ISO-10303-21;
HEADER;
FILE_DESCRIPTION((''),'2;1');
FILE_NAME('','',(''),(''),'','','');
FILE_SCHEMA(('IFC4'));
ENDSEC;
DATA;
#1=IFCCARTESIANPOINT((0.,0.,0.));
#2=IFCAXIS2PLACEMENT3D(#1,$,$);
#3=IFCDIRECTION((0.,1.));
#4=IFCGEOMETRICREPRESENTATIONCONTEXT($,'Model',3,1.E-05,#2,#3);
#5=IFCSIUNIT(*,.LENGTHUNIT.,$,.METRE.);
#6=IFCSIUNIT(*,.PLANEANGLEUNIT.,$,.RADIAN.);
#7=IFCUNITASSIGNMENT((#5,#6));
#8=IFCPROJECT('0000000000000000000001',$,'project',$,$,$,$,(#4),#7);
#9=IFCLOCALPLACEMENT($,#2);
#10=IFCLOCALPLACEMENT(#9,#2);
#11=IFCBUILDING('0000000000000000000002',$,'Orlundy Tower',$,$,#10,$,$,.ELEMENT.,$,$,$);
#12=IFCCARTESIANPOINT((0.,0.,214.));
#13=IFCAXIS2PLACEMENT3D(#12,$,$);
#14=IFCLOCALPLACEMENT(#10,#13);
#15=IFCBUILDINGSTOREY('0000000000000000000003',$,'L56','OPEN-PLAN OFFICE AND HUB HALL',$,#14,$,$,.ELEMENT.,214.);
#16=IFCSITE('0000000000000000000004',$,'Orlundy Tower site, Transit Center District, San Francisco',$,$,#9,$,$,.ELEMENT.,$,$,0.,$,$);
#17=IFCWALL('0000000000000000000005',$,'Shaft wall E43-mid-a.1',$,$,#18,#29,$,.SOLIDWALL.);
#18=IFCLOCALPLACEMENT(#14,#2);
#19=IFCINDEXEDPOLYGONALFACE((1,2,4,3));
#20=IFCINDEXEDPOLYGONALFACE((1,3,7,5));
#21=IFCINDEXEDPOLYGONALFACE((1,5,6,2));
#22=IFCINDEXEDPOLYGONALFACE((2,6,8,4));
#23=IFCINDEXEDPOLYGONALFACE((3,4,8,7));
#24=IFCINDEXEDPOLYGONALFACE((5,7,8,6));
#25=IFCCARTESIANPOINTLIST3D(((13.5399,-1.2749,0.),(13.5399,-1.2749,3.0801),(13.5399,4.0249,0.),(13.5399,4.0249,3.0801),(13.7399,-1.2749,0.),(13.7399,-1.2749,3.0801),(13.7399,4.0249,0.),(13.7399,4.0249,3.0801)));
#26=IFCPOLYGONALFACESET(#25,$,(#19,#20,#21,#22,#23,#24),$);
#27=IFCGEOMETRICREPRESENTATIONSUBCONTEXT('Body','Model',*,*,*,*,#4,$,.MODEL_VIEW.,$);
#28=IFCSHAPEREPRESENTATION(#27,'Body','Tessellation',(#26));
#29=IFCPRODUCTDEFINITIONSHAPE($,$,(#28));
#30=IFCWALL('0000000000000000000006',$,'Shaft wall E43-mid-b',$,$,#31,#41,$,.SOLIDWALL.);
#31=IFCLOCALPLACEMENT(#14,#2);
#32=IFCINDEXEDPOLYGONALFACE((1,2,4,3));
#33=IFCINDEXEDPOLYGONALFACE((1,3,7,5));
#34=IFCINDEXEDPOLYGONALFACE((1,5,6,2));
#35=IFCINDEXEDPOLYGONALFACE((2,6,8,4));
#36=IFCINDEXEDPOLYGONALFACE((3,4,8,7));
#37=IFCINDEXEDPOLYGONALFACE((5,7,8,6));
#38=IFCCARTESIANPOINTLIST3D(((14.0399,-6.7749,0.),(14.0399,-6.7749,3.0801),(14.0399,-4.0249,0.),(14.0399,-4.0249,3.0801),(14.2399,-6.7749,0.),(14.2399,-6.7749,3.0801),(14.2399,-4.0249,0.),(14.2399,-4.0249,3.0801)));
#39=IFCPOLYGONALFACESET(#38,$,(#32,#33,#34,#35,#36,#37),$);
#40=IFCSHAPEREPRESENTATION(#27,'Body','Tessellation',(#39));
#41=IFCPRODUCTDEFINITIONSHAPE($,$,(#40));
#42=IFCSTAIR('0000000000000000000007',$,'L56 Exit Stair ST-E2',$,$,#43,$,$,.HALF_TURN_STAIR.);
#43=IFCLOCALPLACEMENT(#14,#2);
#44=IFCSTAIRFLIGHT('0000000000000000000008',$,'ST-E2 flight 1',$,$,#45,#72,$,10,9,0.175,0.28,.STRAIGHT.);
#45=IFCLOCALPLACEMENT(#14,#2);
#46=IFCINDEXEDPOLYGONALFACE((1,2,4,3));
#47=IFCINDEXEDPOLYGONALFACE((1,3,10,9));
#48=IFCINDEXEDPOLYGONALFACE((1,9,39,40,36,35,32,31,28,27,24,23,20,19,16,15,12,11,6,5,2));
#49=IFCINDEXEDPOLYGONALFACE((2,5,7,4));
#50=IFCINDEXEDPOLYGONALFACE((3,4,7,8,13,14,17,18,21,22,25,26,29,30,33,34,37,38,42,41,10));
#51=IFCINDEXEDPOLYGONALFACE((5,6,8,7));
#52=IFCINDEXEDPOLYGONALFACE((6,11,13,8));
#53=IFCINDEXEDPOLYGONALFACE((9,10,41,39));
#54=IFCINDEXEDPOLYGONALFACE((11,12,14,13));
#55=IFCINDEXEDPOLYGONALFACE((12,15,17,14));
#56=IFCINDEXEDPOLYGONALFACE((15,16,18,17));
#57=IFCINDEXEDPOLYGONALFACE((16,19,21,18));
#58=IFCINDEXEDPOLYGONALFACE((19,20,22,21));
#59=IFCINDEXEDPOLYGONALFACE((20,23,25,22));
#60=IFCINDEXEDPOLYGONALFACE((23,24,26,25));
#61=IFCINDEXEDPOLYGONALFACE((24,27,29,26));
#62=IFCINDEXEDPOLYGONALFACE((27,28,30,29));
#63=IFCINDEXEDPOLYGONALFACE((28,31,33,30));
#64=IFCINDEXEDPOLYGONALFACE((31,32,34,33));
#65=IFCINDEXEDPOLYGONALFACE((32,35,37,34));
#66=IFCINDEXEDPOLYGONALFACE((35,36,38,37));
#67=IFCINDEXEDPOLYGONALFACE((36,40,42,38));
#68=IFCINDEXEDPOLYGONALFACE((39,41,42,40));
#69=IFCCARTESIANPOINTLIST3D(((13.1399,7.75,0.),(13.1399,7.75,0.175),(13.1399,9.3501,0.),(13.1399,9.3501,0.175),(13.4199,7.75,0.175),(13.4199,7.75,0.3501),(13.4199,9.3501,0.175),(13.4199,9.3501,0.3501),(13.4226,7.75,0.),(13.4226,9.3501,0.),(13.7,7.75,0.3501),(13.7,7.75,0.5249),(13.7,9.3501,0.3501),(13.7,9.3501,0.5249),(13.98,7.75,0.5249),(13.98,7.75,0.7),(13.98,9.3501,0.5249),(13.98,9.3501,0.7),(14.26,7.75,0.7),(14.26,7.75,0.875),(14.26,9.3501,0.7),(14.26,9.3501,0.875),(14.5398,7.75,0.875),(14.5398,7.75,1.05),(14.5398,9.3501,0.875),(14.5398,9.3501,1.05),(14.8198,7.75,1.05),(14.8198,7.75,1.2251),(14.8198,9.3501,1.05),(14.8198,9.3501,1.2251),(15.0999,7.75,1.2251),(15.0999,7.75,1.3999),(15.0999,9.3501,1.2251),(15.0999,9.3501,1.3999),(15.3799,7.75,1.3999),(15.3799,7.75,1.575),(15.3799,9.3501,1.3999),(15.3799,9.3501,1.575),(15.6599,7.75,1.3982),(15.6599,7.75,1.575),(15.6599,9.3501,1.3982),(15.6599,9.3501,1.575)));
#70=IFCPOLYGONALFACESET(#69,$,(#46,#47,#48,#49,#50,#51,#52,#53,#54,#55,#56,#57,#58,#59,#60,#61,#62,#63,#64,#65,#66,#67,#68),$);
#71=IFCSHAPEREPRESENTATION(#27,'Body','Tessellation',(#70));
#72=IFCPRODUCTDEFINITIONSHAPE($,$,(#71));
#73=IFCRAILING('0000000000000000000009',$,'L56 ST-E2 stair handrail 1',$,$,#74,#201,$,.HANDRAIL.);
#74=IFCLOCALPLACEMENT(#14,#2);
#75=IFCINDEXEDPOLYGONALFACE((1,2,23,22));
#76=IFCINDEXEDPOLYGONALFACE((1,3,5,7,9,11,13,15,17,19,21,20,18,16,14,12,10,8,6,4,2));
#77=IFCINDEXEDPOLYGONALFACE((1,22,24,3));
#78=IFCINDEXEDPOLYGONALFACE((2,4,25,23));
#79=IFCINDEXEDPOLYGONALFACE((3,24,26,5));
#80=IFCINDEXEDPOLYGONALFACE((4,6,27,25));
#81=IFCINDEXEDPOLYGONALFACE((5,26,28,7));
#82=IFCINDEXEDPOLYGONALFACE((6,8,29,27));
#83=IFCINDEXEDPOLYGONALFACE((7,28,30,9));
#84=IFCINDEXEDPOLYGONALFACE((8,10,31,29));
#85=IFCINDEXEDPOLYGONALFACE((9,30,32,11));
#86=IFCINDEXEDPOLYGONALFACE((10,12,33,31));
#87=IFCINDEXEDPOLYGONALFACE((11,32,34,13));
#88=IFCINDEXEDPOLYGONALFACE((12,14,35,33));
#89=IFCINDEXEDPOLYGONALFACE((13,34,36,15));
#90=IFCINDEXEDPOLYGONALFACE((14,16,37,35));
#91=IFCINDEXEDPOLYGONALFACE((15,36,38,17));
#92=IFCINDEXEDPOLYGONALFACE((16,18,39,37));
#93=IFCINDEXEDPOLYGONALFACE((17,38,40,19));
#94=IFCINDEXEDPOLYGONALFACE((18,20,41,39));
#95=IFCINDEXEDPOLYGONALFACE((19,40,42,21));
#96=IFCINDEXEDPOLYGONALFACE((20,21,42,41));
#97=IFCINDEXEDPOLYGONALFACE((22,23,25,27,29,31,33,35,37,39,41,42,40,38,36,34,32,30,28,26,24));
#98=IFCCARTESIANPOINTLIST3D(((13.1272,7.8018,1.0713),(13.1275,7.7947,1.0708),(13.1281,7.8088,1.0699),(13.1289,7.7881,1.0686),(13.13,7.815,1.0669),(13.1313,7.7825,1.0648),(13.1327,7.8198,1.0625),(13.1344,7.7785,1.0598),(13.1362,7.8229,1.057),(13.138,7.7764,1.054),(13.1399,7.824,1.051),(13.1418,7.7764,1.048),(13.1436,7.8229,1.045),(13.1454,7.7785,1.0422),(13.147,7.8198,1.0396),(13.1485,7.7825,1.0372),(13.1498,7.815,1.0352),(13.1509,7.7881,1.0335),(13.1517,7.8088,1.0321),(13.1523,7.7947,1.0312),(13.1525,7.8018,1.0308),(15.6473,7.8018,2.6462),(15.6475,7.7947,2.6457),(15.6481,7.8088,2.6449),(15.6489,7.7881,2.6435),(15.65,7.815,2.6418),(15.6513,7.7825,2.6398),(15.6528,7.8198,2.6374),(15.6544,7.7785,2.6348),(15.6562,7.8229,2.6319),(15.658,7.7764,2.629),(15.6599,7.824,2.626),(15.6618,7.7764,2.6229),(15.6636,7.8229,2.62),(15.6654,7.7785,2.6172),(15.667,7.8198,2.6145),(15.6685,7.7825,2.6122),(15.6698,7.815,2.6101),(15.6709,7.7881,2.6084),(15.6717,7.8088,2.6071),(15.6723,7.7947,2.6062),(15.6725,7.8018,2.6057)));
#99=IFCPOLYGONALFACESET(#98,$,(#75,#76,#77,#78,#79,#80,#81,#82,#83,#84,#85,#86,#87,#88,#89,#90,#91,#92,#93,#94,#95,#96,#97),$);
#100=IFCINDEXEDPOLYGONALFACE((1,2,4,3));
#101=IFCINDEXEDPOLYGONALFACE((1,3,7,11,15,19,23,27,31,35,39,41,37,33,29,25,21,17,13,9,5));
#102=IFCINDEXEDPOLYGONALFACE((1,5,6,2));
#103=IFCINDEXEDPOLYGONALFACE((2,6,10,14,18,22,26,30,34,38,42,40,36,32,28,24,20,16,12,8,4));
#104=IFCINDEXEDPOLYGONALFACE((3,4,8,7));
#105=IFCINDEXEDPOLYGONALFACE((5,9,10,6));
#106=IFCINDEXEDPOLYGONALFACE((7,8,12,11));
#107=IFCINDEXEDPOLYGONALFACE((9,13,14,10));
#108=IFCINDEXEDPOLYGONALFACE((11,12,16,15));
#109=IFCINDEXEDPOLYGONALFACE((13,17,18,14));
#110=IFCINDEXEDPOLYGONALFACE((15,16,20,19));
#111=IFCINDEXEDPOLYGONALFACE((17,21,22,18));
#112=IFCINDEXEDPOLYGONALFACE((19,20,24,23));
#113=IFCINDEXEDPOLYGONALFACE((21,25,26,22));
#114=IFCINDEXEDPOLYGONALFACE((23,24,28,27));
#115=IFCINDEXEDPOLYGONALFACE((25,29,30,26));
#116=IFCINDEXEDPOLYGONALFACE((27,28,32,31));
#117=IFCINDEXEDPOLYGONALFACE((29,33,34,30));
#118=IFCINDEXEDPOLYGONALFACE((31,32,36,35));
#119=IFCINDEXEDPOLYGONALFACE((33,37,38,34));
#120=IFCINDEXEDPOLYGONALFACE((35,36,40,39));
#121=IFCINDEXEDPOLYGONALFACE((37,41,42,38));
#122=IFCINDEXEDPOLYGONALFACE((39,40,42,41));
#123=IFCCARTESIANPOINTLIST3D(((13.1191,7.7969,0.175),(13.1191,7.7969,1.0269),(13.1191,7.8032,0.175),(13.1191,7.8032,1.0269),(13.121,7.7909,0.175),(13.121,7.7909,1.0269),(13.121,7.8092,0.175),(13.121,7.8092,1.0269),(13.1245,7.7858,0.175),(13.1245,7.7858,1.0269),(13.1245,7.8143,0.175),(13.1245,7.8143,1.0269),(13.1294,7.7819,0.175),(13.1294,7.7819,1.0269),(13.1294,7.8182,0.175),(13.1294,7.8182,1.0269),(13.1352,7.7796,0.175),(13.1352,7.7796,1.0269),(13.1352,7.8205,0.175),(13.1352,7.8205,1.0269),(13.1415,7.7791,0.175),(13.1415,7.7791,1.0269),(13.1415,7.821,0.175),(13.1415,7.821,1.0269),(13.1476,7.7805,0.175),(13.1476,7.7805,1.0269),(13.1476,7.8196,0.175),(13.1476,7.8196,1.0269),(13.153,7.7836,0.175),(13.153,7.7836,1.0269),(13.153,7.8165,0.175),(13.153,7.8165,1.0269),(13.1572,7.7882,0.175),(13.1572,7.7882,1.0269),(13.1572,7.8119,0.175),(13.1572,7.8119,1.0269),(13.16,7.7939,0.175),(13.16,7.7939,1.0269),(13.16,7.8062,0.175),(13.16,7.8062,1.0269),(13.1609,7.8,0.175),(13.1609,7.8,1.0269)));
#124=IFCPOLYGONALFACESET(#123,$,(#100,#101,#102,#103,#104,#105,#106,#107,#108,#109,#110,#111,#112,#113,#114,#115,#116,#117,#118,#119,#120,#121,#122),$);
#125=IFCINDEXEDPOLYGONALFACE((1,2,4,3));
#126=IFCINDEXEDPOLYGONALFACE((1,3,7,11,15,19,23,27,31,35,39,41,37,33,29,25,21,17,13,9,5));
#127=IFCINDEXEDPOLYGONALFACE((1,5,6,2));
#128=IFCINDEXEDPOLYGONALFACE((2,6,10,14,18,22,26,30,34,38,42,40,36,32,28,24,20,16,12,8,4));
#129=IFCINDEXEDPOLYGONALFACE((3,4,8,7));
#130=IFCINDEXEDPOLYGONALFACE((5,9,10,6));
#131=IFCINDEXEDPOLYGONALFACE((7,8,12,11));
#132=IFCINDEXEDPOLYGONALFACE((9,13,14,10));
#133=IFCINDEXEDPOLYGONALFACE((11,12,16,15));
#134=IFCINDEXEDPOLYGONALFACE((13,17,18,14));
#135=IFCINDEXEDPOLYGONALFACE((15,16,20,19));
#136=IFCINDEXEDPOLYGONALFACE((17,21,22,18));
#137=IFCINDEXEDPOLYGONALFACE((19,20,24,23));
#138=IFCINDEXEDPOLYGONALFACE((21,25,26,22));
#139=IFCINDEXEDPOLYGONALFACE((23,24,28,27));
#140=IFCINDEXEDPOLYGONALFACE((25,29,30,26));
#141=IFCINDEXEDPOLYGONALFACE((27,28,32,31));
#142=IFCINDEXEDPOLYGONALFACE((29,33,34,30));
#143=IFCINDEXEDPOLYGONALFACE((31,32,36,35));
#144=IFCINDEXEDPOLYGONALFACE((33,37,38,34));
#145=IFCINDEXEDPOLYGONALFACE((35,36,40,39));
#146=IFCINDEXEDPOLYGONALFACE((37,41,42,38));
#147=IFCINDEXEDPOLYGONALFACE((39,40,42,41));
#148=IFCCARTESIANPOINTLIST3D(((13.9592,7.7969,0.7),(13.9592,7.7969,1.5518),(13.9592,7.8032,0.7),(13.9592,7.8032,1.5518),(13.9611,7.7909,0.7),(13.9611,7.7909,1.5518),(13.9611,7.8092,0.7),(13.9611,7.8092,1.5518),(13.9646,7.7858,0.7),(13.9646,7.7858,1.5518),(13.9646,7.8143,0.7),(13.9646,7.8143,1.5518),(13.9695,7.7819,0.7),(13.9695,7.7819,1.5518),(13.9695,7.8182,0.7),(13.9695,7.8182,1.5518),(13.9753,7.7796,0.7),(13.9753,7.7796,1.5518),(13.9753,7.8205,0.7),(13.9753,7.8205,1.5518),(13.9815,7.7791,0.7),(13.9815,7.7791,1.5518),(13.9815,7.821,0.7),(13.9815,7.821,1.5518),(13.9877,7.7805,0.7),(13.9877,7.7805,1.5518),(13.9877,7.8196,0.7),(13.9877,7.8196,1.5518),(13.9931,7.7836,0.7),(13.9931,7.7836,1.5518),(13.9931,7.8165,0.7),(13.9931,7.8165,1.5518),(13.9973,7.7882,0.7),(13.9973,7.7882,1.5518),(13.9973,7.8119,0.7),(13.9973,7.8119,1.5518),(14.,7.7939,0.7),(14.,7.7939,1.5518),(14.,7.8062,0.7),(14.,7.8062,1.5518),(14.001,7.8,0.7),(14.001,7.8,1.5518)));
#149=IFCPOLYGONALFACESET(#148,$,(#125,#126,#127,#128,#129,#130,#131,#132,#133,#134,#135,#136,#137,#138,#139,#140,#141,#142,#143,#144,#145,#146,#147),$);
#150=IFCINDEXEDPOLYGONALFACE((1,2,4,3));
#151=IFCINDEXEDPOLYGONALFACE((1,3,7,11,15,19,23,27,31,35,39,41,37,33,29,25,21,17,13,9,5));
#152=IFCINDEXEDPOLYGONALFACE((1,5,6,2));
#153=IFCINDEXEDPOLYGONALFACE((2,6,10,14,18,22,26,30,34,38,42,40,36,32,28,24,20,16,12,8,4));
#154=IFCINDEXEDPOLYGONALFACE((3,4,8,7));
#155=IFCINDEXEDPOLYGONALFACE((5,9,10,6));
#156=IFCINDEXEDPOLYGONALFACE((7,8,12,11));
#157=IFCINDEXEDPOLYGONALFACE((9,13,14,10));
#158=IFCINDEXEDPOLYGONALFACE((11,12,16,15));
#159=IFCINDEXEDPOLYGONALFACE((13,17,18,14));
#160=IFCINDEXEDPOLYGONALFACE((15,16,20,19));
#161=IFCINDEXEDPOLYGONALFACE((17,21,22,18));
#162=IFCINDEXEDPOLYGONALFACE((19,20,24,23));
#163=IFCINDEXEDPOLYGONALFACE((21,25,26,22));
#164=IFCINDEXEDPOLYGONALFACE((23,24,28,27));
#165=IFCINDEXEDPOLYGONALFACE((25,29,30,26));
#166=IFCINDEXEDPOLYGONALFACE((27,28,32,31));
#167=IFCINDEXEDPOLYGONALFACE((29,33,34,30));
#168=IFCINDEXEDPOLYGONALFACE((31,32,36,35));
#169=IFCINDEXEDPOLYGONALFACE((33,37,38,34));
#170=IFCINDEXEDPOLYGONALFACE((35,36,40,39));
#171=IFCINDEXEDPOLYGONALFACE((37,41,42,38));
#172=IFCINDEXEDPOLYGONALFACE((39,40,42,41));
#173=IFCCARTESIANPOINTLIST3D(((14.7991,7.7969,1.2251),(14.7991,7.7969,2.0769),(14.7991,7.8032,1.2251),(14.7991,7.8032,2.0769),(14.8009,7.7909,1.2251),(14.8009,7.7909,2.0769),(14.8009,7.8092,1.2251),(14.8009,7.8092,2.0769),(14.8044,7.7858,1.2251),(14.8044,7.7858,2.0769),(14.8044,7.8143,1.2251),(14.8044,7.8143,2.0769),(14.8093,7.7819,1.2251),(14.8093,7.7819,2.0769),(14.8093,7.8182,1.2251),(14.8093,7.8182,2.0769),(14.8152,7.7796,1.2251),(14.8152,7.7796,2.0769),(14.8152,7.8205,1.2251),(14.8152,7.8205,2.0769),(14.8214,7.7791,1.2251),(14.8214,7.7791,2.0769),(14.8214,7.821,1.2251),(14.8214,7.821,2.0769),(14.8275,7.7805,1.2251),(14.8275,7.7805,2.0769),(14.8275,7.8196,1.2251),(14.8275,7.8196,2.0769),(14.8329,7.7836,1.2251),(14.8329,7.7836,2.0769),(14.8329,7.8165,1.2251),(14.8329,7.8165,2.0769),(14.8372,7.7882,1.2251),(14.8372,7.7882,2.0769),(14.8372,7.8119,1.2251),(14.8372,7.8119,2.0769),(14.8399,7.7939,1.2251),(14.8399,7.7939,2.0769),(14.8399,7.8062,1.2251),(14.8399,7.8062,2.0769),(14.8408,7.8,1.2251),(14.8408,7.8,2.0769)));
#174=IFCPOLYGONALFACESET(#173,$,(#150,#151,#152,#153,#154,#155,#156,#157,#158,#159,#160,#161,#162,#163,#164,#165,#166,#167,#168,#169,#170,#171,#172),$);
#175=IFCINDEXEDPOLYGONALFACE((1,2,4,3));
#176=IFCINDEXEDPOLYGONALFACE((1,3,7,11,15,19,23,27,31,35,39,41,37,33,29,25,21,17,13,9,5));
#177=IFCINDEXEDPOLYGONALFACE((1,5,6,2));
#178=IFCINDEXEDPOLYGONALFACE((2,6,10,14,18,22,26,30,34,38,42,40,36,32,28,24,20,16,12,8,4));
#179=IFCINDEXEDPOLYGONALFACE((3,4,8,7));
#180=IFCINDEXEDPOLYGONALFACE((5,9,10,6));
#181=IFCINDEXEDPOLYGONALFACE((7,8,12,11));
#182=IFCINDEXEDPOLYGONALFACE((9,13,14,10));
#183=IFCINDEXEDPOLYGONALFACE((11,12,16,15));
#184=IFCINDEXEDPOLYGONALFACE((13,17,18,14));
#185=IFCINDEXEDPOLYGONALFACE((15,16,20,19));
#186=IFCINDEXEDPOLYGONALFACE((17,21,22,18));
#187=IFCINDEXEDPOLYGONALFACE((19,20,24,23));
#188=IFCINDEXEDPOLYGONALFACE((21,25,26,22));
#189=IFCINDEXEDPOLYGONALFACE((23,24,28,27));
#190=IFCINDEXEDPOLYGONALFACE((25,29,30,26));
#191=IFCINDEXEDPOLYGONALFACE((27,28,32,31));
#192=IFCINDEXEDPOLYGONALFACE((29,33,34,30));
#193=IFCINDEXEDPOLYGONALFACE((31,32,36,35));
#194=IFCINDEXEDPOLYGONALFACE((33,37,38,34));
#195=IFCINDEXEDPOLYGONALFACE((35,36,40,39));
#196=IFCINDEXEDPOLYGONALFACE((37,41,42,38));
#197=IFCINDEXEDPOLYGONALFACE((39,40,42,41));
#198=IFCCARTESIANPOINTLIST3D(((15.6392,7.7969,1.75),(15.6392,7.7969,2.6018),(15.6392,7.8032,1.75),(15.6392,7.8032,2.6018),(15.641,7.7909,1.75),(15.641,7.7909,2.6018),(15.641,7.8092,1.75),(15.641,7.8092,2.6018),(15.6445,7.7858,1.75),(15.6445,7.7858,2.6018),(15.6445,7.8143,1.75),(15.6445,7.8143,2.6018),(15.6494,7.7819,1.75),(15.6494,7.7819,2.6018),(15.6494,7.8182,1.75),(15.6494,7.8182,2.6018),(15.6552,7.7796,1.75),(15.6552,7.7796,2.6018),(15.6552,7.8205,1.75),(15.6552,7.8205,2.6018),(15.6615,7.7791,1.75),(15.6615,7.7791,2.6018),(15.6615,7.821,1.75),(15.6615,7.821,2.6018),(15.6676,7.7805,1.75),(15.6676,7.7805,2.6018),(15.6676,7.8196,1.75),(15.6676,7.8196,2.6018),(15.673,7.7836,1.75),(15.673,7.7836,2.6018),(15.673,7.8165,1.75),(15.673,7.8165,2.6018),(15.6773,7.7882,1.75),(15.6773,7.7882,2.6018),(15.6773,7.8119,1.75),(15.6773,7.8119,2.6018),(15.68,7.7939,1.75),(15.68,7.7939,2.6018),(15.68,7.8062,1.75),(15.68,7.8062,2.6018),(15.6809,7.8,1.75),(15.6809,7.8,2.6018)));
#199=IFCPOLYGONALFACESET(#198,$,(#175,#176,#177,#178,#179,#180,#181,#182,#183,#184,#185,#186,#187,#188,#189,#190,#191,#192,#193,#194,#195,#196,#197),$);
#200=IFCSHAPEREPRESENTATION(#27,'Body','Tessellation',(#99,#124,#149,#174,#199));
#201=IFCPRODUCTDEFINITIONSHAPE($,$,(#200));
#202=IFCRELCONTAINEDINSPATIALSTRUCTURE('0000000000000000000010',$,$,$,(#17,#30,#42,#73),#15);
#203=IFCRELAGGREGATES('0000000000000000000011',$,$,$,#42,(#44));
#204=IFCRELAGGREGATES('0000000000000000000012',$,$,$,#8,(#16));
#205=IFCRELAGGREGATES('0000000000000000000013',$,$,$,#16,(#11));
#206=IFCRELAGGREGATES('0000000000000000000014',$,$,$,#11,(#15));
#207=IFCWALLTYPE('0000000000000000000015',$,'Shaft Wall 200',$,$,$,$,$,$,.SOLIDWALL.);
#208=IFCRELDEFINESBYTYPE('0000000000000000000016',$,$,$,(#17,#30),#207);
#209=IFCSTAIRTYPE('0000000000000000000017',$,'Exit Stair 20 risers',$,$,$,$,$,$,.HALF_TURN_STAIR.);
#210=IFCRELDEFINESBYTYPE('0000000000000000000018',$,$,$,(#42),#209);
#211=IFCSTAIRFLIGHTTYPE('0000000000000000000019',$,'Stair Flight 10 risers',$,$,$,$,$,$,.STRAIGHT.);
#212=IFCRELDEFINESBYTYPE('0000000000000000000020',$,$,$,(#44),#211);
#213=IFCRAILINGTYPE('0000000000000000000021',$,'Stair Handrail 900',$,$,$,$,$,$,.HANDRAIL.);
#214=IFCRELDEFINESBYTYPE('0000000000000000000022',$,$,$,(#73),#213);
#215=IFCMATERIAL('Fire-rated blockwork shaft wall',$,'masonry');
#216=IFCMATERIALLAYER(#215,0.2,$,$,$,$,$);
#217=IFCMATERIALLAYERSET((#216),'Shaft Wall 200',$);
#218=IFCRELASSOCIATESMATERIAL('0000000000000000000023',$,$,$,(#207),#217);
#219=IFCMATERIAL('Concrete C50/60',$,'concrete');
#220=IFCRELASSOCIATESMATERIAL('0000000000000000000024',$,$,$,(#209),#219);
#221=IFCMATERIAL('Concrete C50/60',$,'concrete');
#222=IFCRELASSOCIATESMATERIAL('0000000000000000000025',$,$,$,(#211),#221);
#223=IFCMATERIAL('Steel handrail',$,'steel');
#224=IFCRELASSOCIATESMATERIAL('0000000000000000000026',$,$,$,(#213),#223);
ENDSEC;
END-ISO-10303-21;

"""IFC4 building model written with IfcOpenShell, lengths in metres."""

from ifc_helpers import new_model, si_unit, direction, frame, frame_2d, origin, origin_2d, place, context, subcontext, project, spatial, polyline, rectangle, circle, outline, extrude, material, layer, layer_set, type_object, element, aggregate, save


model = new_model("IFC4")

# Units and contexts
model_context = context("Model", 3, precision=1e-05, world=origin(), true_north=direction((0.0, 1.0)))
body_context = subcontext(model_context, "Body", "Model", "MODEL_VIEW")
ifc_project = project(units=[si_unit("LENGTHUNIT", "METRE"), si_unit("PLANEANGLEUNIT", "RADIAN")], contexts=[model_context])

# Site, building, storey
site_placement = place(None, origin())
site = spatial("IfcSite", under=ifc_project, at=site_placement, Name="Orlundy Tower site, Transit Center District, San Francisco", CompositionType="ELEMENT", RefElevation=0.0)
building_placement = place(site_placement, origin())
building = spatial("IfcBuilding", under=site, at=building_placement, Name="Orlundy Tower", CompositionType="ELEMENT")
storey_placement = place(building_placement, frame((0.0, 0.0, 214.0)))
storey = spatial("IfcBuildingStorey", under=building, at=storey_placement, Name="L56", Description="OPEN-PLAN OFFICE AND HUB HALL", CompositionType="ELEMENT", Elevation=214.0)

# Shared definitions
ifc_material_1 = material(Name="Fire-rated blockwork shaft wall", Category="masonry")
ifc_layer_1 = layer(ifc_material_1, 0.2)
ifc_layer_set_1 = layer_set([ifc_layer_1], Name="Shaft Wall 200")
wall_type_1 = type_object("IfcWallType", Name="Shaft Wall 200", PredefinedType="SOLIDWALL", material=ifc_layer_set_1)

# Walls
wall_1_placement = place(storey_placement, frame((13.6399, 4.0249, 0.0), z_axis=(0.0, 0.0, 1.0), x_axis=(0.0, -1.0, 0.0)))
element("IfcWall", 1, at=wall_1_placement, inside=storey, type_object=wall_type_1, Name="Shaft wall E43-mid-a.1", PredefinedType="SOLIDWALL", context=body_context, shape_type="SweptSolid", body=[
    extrude(rectangle(XDim=5.2998, YDim=0.2, at=frame_2d((2.6499, 0.0))), origin(), (0.0, 0.0, 1.0), 3.0801),
])
wall_2_placement = place(storey_placement, frame((14.1399, -4.0249, 0.0), z_axis=(0.0, 0.0, 1.0), x_axis=(0.0, -1.0, 0.0)))
element("IfcWall", 2, at=wall_2_placement, inside=storey, type_object=wall_type_1, Name="Shaft wall E43-mid-b", PredefinedType="SOLIDWALL", context=body_context, shape_type="SweptSolid", body=[
    extrude(rectangle(XDim=2.75, YDim=0.2, at=frame_2d((1.375, 0.0))), origin(), (0.0, 0.0, 1.0), 3.0801),
])

# Stair, stair flight
ifc_material_2 = material(Name="Concrete C50/60", Category="concrete")
stair_type = type_object("IfcStairType", Name="Exit Stair 20 risers", PredefinedType="HALF_TURN_STAIR", material=ifc_material_2)
stair_placement = place(storey_placement, origin())
stair = element("IfcStair", 3, at=stair_placement, inside=storey, type_object=stair_type, Name="L56 Exit Stair ST-E2", PredefinedType="HALF_TURN_STAIR")
ifc_material_3 = material(Name="Concrete C50/60", Category="concrete")
stair_flight_type = type_object("IfcStairFlightType", Name="Stair Flight 10 risers", PredefinedType="STRAIGHT", material=ifc_material_3)
stair_flight_placement = place(storey_placement, frame((13.1399, 8.55, 0.0), z_axis=(0.0, 0.0, 1.0), x_axis=(1.0, 0.0, 0.0)))
stair_flight = element("IfcStairFlight", 4, at=stair_flight_placement, type_object=stair_flight_type, Name="ST-E2 flight 1", NumberOfRisers=10, NumberOfTreads=9, PredefinedType="STRAIGHT", RiserHeight=0.175, TreadLength=0.28, context=body_context, shape_type="SweptSolid", body=[
    extrude(outline(polyline([(0.0, 0.0), (0.0, 0.175), (0.28, 0.175), (0.28, 0.3501), (0.5601, 0.3501), (0.5601, 0.5249), (0.8401, 0.5249), (0.8401, 0.7), (1.1201, 0.7), (1.1201, 0.875), (1.3999, 0.875), (1.3999, 1.05), (1.6799, 1.05), (1.6799, 1.2251), (1.96, 1.2251), (1.96, 1.3999), (2.24, 1.3999), (2.24, 1.575), (2.52, 1.575), (2.52, 1.75), (2.52, 1.3982), (0.2827, 0.0), (0.0, 0.0)])), frame((0.0, 0.8, 0.0), z_axis=(0.0, -1.0, 0.0), x_axis=(1.0, 0.0, 0.0)), (0.0, 0.0, 1.0), 1.6001),
])
aggregate(stair, [stair_flight])

# Railing
ifc_material_4 = material(Name="Steel handrail", Category="steel")
railing_type_1 = type_object("IfcRailingType", Name="Stair Handrail 900", PredefinedType="HANDRAIL", material=ifc_material_4)
railing_1_placement = place(storey_placement, frame((13.1399, 7.8, 0.175)))
element("IfcRailing", 5, at=railing_1_placement, inside=storey, type_object=railing_type_1, Name="L56 ST-E2 stair handrail 1", PredefinedType="HANDRAIL", context=body_context, shape_type="SweptSolid", body=[
    extrude(circle(Radius=0.0239, at=origin_2d()), frame((0.0, 0.0, 0.876), z_axis=(0.848008, 0.0, 0.529984), x_axis=(0.0, 1.0, 0.0)), (0.0, 0.0, 1.0), 2.9717),
    extrude(circle(Radius=0.021, at=origin_2d()), origin(), (0.0, 0.0, 1.0), 0.8518),
    extrude(circle(Radius=0.021, at=origin_2d()), frame((0.8401, 0.0, 0.5249)), (0.0, 0.0, 1.0), 0.8518),
    extrude(circle(Radius=0.021, at=origin_2d()), frame((1.6799, 0.0, 1.05)), (0.0, 0.0, 1.0), 0.8518),
    extrude(circle(Radius=0.021, at=origin_2d()), frame((2.52, 0.0, 1.575)), (0.0, 0.0, 1.0), 0.8518),
])

save(model, "model.ifc")
